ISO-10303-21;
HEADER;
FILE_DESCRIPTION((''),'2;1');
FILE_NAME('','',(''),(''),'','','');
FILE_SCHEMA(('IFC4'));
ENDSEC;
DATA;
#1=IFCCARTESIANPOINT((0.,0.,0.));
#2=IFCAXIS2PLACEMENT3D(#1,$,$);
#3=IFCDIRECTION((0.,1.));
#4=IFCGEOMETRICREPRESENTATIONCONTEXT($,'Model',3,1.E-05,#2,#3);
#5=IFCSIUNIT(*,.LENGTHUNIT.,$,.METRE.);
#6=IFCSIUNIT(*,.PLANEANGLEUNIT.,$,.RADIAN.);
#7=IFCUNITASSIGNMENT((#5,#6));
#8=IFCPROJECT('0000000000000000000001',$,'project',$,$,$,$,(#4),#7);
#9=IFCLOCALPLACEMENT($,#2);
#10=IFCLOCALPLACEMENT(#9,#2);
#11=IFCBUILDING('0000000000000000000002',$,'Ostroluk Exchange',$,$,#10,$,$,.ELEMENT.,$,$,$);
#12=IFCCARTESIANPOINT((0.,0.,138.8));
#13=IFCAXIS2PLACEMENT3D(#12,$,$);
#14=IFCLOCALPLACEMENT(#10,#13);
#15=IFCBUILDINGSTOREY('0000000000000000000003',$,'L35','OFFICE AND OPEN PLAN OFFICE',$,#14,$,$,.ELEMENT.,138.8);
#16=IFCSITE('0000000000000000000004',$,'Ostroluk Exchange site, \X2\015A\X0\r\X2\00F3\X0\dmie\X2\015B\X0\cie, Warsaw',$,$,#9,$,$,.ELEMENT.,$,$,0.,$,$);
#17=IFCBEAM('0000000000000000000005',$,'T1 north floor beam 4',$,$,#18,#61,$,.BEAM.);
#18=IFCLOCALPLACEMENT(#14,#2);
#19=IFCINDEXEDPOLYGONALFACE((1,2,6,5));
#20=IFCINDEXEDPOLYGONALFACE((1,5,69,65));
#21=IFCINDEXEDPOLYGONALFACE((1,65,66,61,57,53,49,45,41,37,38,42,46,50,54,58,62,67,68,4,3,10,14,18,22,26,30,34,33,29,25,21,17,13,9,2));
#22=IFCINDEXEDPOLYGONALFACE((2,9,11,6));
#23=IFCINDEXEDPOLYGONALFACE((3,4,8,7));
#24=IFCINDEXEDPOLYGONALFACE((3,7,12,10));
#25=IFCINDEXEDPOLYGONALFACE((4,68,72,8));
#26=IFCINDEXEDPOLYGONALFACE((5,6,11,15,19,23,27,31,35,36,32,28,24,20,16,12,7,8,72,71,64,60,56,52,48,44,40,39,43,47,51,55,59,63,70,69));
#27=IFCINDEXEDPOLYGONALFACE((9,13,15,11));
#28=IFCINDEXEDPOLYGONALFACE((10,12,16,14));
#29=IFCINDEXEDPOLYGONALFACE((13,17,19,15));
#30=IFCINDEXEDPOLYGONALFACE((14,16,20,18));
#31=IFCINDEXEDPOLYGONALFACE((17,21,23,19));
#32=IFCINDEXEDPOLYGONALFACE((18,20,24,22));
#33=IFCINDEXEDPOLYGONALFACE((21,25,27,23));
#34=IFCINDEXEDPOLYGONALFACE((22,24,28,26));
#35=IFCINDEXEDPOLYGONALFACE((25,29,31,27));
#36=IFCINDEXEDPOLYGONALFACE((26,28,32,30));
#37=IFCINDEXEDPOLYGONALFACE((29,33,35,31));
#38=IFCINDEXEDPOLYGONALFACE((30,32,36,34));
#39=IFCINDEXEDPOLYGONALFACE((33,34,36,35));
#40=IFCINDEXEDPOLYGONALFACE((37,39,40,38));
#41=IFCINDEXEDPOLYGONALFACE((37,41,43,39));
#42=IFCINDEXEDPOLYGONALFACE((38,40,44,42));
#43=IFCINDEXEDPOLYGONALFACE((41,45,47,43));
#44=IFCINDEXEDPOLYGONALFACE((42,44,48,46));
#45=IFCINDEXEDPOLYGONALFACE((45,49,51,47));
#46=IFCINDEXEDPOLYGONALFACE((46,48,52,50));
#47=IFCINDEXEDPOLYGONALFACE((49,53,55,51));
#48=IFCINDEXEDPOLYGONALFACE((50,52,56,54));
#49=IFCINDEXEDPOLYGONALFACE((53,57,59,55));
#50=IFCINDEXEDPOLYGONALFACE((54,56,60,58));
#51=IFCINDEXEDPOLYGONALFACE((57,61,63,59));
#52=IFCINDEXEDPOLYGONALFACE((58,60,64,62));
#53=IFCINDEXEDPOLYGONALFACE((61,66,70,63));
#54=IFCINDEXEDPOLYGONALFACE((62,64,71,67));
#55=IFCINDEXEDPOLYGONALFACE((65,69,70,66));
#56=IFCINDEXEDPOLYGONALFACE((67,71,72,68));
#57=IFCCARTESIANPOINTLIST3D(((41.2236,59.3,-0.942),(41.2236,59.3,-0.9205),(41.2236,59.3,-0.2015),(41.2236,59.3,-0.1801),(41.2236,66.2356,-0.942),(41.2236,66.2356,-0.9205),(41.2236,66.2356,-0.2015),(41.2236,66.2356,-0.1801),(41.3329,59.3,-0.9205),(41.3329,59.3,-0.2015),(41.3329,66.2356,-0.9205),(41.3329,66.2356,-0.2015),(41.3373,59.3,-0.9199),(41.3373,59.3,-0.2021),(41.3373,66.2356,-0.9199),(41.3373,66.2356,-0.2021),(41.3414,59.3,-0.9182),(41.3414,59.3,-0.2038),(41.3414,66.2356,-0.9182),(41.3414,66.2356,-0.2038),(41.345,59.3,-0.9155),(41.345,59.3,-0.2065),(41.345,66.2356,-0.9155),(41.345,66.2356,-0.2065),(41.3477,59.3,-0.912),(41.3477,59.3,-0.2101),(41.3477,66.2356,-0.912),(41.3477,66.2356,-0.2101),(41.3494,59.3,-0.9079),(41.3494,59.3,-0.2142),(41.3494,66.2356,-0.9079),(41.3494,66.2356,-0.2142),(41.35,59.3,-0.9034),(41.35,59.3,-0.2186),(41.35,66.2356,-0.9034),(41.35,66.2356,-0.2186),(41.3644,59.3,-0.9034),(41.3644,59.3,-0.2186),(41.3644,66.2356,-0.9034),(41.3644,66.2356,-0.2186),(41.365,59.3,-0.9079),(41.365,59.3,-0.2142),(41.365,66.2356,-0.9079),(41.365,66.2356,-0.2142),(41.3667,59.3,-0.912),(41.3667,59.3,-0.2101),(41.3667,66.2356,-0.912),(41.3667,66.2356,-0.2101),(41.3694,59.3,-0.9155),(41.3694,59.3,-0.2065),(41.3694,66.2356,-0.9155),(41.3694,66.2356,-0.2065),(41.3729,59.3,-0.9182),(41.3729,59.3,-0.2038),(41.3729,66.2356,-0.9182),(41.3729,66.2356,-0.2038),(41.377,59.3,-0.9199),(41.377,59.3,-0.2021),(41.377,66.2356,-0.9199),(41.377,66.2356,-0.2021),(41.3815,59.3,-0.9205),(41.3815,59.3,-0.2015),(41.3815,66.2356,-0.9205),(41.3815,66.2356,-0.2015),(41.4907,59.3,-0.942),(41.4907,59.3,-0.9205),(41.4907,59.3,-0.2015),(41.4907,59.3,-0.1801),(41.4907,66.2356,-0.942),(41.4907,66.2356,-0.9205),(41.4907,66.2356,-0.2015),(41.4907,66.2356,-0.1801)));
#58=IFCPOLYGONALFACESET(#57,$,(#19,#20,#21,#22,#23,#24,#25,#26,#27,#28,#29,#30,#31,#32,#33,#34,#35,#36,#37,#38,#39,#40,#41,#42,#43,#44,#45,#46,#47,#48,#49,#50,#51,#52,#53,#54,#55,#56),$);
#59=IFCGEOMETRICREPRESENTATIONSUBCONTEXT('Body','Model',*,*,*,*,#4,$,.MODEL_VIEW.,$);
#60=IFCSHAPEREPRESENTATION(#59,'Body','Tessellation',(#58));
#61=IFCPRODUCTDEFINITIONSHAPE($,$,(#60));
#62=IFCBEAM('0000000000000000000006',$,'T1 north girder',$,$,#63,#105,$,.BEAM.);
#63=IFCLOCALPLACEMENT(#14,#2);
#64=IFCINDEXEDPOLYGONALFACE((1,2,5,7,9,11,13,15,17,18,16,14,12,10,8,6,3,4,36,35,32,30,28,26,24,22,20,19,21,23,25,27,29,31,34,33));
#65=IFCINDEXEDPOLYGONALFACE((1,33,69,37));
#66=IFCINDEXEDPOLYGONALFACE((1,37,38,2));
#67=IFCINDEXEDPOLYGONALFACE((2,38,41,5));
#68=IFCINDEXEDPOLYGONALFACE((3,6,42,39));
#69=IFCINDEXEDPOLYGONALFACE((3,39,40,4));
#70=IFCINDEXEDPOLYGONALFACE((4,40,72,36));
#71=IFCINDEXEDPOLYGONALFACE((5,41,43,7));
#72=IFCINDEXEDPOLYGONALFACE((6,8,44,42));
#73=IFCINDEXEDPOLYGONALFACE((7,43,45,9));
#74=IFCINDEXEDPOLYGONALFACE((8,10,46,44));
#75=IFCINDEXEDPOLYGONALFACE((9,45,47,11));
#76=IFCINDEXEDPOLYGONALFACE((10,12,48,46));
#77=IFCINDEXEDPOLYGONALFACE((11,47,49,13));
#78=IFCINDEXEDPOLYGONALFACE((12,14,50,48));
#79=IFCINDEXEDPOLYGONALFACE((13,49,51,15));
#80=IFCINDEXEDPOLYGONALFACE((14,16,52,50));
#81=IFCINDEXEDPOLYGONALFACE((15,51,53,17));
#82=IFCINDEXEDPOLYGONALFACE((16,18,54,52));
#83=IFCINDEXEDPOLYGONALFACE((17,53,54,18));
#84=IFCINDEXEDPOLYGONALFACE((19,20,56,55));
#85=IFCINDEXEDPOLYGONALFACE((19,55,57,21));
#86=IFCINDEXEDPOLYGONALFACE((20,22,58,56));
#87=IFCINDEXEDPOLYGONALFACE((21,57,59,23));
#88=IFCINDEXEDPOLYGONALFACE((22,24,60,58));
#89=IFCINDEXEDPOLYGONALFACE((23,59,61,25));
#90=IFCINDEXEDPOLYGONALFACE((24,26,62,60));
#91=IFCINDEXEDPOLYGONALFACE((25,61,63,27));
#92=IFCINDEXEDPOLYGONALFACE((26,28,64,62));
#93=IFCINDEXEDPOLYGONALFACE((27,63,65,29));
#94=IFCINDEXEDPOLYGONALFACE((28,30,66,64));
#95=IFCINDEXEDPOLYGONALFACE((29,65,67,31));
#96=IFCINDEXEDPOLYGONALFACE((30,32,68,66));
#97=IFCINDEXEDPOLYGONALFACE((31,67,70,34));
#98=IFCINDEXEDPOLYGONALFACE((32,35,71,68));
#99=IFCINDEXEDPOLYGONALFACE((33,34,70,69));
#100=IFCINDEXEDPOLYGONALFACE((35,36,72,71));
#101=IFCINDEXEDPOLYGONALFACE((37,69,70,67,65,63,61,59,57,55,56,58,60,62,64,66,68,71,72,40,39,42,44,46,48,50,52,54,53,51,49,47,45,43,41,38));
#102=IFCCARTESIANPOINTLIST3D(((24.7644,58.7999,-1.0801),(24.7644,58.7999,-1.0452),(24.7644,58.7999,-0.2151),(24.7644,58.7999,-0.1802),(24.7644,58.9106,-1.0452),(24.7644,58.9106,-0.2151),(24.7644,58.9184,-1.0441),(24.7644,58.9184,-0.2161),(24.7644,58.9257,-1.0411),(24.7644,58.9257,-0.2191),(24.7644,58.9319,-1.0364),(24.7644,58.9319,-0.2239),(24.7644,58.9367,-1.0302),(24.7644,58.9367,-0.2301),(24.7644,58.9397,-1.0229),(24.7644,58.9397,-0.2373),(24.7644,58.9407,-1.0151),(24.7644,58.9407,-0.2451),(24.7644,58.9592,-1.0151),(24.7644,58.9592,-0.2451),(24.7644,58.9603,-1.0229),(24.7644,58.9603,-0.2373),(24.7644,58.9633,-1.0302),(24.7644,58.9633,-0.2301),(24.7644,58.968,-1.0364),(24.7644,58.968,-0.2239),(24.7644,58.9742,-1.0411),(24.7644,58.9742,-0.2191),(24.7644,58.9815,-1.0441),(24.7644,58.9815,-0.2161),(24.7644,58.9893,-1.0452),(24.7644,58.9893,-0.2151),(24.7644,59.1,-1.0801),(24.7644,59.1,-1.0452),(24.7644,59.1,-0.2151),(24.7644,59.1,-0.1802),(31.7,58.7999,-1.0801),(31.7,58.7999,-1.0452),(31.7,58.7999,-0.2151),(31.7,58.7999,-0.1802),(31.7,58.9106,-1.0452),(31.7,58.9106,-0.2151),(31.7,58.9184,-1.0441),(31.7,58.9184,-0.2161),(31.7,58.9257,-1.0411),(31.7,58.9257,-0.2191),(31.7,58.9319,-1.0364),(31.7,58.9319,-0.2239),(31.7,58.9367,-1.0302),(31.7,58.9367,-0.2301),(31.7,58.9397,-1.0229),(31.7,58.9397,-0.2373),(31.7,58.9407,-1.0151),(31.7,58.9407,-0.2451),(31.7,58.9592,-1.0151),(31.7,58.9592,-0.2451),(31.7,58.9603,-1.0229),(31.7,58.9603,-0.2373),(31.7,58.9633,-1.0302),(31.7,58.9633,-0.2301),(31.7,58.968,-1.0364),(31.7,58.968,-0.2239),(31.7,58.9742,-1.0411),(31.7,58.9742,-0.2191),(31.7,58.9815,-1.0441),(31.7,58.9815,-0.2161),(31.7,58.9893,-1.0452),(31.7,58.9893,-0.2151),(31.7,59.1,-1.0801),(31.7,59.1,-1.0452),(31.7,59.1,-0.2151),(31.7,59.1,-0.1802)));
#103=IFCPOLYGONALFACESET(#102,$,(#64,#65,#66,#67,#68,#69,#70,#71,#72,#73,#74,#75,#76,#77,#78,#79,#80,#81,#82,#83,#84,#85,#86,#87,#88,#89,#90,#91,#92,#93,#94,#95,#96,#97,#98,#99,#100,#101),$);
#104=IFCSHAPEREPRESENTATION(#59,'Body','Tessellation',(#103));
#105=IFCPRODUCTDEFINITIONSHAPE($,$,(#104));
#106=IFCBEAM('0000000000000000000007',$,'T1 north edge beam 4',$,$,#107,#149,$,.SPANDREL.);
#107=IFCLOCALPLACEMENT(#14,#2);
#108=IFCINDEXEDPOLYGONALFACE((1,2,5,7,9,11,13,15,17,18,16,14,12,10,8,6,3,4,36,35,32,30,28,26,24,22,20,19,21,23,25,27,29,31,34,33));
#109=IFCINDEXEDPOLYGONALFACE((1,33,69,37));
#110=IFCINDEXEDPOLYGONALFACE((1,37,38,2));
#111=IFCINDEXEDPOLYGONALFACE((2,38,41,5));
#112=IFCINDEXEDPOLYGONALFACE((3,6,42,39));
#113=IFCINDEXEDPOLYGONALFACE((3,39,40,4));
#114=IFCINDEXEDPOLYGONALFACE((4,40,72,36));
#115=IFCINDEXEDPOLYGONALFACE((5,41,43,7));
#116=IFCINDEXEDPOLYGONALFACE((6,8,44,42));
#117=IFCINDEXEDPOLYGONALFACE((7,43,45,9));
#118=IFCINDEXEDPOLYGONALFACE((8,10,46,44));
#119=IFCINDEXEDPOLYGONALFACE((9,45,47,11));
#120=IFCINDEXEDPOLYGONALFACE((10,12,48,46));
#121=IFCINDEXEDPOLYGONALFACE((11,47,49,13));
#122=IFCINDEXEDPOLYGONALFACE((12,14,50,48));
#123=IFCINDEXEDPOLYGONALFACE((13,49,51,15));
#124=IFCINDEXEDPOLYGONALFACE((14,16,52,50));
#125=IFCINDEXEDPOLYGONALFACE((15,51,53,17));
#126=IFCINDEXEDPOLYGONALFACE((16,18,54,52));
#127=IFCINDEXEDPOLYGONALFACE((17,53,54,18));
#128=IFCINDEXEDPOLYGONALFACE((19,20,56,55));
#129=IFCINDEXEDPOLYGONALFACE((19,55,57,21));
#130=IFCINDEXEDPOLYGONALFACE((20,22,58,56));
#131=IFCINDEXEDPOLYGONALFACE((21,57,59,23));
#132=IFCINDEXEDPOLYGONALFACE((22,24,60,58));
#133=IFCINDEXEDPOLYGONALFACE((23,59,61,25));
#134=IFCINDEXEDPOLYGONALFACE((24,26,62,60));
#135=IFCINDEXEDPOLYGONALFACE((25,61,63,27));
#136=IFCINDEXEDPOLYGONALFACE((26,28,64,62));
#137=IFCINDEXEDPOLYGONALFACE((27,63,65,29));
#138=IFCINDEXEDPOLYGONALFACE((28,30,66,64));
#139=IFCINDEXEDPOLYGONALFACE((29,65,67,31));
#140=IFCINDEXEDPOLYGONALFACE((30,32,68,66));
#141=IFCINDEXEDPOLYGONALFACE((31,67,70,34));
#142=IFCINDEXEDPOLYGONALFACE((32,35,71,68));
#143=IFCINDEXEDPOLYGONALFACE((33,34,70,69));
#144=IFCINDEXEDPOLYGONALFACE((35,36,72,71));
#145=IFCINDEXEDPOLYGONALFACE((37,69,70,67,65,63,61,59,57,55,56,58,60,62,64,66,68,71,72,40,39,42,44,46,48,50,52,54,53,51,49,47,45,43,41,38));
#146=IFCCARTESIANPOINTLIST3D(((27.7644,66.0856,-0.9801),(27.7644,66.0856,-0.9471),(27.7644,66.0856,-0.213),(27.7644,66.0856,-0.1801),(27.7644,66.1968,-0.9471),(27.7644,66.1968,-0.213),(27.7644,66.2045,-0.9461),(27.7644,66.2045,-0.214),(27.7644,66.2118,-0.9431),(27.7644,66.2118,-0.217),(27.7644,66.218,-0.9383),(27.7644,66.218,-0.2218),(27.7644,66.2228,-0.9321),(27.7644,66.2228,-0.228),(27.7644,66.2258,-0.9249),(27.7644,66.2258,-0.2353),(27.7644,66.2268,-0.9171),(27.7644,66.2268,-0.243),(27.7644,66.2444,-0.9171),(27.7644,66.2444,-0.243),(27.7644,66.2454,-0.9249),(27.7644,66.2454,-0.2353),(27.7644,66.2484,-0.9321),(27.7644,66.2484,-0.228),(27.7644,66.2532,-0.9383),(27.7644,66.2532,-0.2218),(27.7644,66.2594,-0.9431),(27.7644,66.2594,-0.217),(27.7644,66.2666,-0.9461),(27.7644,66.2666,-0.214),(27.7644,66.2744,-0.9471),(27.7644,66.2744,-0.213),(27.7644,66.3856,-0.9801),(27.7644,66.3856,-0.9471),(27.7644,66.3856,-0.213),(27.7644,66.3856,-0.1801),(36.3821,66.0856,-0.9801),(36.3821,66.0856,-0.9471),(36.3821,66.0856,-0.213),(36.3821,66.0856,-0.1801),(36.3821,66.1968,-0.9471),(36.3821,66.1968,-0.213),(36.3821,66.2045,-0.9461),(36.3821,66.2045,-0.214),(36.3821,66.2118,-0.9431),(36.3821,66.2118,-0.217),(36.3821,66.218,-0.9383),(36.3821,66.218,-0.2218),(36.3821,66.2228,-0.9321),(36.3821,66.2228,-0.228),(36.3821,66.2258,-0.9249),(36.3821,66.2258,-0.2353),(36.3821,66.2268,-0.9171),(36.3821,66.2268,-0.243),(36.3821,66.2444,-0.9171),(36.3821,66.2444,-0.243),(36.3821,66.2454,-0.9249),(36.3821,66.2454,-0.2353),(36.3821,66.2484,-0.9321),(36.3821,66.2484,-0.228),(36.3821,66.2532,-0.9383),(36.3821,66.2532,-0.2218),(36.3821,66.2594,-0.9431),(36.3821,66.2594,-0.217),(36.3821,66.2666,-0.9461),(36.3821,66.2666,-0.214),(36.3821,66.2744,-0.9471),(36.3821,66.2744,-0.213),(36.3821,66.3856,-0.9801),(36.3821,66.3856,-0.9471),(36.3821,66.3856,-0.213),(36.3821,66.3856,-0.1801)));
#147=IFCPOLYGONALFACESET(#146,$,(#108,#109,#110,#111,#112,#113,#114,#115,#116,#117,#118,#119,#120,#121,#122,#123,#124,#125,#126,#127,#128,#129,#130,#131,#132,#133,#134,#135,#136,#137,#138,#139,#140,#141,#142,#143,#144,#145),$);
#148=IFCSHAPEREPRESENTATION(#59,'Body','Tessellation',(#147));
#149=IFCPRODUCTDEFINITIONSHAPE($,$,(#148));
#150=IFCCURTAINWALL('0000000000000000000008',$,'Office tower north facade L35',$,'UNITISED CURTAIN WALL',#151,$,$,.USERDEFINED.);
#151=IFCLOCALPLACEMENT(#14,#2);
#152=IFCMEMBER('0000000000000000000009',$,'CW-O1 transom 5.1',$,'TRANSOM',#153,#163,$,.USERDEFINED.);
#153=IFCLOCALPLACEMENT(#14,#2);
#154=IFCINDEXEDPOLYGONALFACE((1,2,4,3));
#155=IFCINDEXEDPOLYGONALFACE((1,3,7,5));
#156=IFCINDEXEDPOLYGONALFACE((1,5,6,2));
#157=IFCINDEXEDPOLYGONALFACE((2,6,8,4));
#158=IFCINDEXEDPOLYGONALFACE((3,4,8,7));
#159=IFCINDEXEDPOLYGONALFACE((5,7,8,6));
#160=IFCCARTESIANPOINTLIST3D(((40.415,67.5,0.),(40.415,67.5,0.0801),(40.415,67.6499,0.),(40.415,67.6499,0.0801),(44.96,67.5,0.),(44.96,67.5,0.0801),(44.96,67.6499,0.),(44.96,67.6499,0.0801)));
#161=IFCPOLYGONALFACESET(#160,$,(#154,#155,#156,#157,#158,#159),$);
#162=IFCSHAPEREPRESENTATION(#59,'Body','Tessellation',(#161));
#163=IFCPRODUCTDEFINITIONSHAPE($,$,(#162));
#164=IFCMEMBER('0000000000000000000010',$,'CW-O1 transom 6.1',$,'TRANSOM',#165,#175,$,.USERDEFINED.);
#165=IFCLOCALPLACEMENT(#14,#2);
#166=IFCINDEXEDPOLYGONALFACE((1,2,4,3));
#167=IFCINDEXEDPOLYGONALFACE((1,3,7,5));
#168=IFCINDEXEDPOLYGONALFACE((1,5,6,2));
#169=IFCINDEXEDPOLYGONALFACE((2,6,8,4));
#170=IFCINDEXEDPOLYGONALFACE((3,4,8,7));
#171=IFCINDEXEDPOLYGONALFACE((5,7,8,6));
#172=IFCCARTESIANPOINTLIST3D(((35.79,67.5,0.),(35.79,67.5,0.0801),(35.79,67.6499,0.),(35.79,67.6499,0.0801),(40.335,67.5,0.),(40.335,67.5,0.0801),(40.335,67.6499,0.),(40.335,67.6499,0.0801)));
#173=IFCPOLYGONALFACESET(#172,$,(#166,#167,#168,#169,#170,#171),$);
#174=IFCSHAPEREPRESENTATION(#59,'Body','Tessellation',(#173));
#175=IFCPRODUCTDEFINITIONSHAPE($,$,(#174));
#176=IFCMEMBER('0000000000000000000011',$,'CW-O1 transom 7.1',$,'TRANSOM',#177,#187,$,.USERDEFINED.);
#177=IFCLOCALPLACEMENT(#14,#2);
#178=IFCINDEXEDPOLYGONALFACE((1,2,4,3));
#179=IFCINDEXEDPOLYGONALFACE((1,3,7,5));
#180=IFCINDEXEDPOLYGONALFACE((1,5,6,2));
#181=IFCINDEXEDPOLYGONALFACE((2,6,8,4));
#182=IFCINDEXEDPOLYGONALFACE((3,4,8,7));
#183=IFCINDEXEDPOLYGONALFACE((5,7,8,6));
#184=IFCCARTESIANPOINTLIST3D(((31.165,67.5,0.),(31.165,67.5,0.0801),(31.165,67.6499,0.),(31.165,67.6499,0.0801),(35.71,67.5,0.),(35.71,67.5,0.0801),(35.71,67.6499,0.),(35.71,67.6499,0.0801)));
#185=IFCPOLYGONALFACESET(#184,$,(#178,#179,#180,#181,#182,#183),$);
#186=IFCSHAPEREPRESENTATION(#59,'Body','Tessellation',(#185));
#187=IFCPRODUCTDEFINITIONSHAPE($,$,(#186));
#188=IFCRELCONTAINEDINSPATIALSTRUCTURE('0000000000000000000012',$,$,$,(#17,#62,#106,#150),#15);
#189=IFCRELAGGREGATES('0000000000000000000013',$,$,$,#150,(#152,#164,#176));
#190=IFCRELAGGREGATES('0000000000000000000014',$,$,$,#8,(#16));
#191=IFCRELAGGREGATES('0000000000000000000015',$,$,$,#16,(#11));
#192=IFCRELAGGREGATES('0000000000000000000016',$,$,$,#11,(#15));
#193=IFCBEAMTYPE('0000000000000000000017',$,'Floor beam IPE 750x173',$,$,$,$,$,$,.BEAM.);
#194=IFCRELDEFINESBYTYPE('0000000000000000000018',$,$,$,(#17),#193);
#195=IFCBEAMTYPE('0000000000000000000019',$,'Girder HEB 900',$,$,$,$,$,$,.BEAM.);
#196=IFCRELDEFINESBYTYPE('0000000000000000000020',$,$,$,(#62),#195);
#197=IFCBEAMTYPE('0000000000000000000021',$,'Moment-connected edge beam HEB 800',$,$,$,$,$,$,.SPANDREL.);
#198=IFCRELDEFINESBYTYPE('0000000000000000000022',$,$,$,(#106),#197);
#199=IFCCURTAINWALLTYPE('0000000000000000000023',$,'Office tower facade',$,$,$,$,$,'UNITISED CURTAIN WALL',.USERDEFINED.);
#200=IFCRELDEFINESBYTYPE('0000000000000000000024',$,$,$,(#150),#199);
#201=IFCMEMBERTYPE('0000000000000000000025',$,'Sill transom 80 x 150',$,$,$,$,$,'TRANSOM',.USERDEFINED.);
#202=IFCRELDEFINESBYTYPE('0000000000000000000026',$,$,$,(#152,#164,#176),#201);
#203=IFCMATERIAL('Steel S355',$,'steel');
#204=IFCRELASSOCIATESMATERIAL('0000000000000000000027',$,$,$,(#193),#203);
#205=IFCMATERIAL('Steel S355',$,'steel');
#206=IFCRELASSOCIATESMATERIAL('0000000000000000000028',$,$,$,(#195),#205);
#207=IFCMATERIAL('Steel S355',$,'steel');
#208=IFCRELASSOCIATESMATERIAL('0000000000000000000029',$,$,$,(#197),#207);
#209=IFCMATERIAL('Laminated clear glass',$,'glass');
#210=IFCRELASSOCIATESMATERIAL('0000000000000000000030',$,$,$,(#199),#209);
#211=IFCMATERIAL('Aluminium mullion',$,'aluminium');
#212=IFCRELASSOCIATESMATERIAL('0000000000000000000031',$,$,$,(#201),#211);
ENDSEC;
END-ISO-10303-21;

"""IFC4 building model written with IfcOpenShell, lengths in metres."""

from ifc_helpers import new_model, si_unit, direction, frame, origin, origin_2d, place, context, subcontext, project, spatial, rectangle, i_section, extrude, material, material_profile, profile_set, type_object, element, aggregate, save


model = new_model("IFC4")

# Units and contexts
model_context = context("Model", 3, precision=1e-05, world=origin(), true_north=direction((0.0, 1.0)))
body_context = subcontext(model_context, "Body", "Model", "MODEL_VIEW")
ifc_project = project(units=[si_unit("LENGTHUNIT", "METRE"), si_unit("PLANEANGLEUNIT", "RADIAN")], contexts=[model_context])

# Site, building, storey
site_placement = place(None, origin())
site = spatial("IfcSite", under=ifc_project, at=site_placement, Name="Ostroluk Exchange site, Śródmieście, Warsaw", CompositionType="ELEMENT", RefElevation=0.0)
building_placement = place(site_placement, origin())
building = spatial("IfcBuilding", under=site, at=building_placement, Name="Ostroluk Exchange", CompositionType="ELEMENT")
storey_placement = place(building_placement, frame((0.0, 0.0, 138.8)))
storey = spatial("IfcBuildingStorey", under=building, at=storey_placement, Name="L35", Description="OFFICE AND OPEN PLAN OFFICE", CompositionType="ELEMENT", Elevation=138.8)

# Beams
ifc_material_1 = material(Name="Steel S355", Category="steel")
ifc_material_profile_1 = material_profile(ifc_material_1, i_section(OverallWidth=0.2671, OverallDepth=0.762, WebThickness=0.0144, FlangeThickness=0.0215, FilletRadius=0.0171, at=origin_2d()), Name="IPE 750x173")
ifc_profile_set_1 = profile_set([ifc_material_profile_1], Name="Steel S355")
beam_type_1 = type_object("IfcBeamType", Name="Floor beam IPE 750x173", PredefinedType="BEAM", material=ifc_profile_set_1)
beam_1_placement = place(storey_placement, frame((41.3572, 59.3, -0.561), z_axis=(0.0, 1.0, 0.0), x_axis=(-1.0, 0.0, 0.0)))
element("IfcBeam", 1, at=beam_1_placement, inside=storey, type_object=beam_type_1, Name="T1 north floor beam 4", PredefinedType="BEAM", context=body_context, shape_type="SweptSolid", body=[
    extrude(i_section(OverallWidth=0.2671, OverallDepth=0.762, WebThickness=0.0144, FlangeThickness=0.0215, FilletRadius=0.0171, at=origin_2d()), origin(), (0.0, 0.0, 1.0), 6.9355),
])
ifc_material_2 = material(Name="Steel S355", Category="steel")
ifc_material_profile_2 = material_profile(ifc_material_2, i_section(OverallWidth=0.3, OverallDepth=0.8999, WebThickness=0.0186, FlangeThickness=0.0349, FilletRadius=0.03, at=origin_2d()), Name="HEB 900")
ifc_profile_set_2 = profile_set([ifc_material_profile_2], Name="Steel S355")
beam_type_2 = type_object("IfcBeamType", Name="Girder HEB 900", PredefinedType="BEAM", material=ifc_profile_set_2)
beam_2_placement = place(storey_placement, frame((31.7, 58.95, -0.6301), z_axis=(-1.0, 0.0, 0.0), x_axis=(0.0, -1.0, 0.0)))
element("IfcBeam", 2, at=beam_2_placement, inside=storey, type_object=beam_type_2, Name="T1 north girder", PredefinedType="BEAM", context=body_context, shape_type="SweptSolid", body=[
    extrude(i_section(OverallWidth=0.3, OverallDepth=0.8999, WebThickness=0.0186, FlangeThickness=0.0349, FilletRadius=0.03, at=origin_2d()), origin(), (0.0, 0.0, 1.0), 6.9355),
])
ifc_material_3 = material(Name="Steel S355", Category="steel")
ifc_material_profile_3 = material_profile(ifc_material_3, i_section(OverallWidth=0.3, OverallDepth=0.8, WebThickness=0.0176, FlangeThickness=0.033, FilletRadius=0.03, at=origin_2d()), Name="HEB 800")
ifc_profile_set_3 = profile_set([ifc_material_profile_3], Name="Steel S355")
beam_type_3 = type_object("IfcBeamType", Name="Moment-connected edge beam HEB 800", PredefinedType="SPANDREL", material=ifc_profile_set_3)
beam_3_placement = place(storey_placement, frame((36.3821, 66.2356, -0.5801), z_axis=(-1.0, 0.0, 0.0), x_axis=(0.0, -1.0, 0.0)))
element("IfcBeam", 3, at=beam_3_placement, inside=storey, type_object=beam_type_3, Name="T1 north edge beam 4", PredefinedType="SPANDREL", context=body_context, shape_type="SweptSolid", body=[
    extrude(i_section(OverallWidth=0.3, OverallDepth=0.8, WebThickness=0.0176, FlangeThickness=0.033, FilletRadius=0.03, at=origin_2d()), origin(), (0.0, 0.0, 1.0), 8.6177),
])

# Curtain wall, members
ifc_material_4 = material(Name="Laminated clear glass", Category="glass")
curtain_wall_type = type_object("IfcCurtainWallType", Name="Office tower facade", ElementType="UNITISED CURTAIN WALL", PredefinedType="USERDEFINED", material=ifc_material_4)
curtain_wall_placement = place(storey_placement, origin())
curtain_wall = element("IfcCurtainWall", 4, at=curtain_wall_placement, inside=storey, type_object=curtain_wall_type, Name="Office tower north facade L35", ObjectType="UNITISED CURTAIN WALL", PredefinedType="USERDEFINED")
ifc_material_5 = material(Name="Aluminium mullion", Category="aluminium")
ifc_material_profile_4 = material_profile(ifc_material_5, rectangle(XDim=0.1499, YDim=0.0801, at=origin_2d()), Name="Sill transom 80 x 150")
ifc_profile_set_4 = profile_set([ifc_material_profile_4], Name="Aluminium mullion")
member_type_1 = type_object("IfcMemberType", Name="Sill transom 80 x 150", ElementType="TRANSOM", PredefinedType="USERDEFINED", material=ifc_profile_set_4)
member_1_placement = place(storey_placement, frame((44.96, 67.575, 0.04), z_axis=(-1.0, 0.0, 0.0), x_axis=(0.0, -1.0, 0.0)))
member_1 = element("IfcMember", 5, at=member_1_placement, type_object=member_type_1, Name="CW-O1 transom 5.1", ObjectType="TRANSOM", PredefinedType="USERDEFINED", context=body_context, shape_type="SweptSolid", body=[
    extrude(rectangle(XDim=0.1499, YDim=0.0801, at=origin_2d()), origin(), (0.0, 0.0, 1.0), 4.5449),
])
member_2_placement = place(storey_placement, frame((40.335, 67.575, 0.04), z_axis=(-1.0, 0.0, 0.0), x_axis=(0.0, -1.0, 0.0)))
member_2 = element("IfcMember", 6, at=member_2_placement, type_object=member_type_1, Name="CW-O1 transom 6.1", ObjectType="TRANSOM", PredefinedType="USERDEFINED", context=body_context, shape_type="SweptSolid", body=[
    extrude(rectangle(XDim=0.1499, YDim=0.0801, at=origin_2d()), origin(), (0.0, 0.0, 1.0), 4.5449),
])
member_3_placement = place(storey_placement, frame((35.71, 67.575, 0.04), z_axis=(-1.0, 0.0, 0.0), x_axis=(0.0, -1.0, 0.0)))
member_3 = element("IfcMember", 7, at=member_3_placement, type_object=member_type_1, Name="CW-O1 transom 7.1", ObjectType="TRANSOM", PredefinedType="USERDEFINED", context=body_context, shape_type="SweptSolid", body=[
    extrude(rectangle(XDim=0.1499, YDim=0.0801, at=origin_2d()), origin(), (0.0, 0.0, 1.0), 4.5449),
])
aggregate(curtain_wall, [member_1, member_2, member_3])

save(model, "model.ifc")
